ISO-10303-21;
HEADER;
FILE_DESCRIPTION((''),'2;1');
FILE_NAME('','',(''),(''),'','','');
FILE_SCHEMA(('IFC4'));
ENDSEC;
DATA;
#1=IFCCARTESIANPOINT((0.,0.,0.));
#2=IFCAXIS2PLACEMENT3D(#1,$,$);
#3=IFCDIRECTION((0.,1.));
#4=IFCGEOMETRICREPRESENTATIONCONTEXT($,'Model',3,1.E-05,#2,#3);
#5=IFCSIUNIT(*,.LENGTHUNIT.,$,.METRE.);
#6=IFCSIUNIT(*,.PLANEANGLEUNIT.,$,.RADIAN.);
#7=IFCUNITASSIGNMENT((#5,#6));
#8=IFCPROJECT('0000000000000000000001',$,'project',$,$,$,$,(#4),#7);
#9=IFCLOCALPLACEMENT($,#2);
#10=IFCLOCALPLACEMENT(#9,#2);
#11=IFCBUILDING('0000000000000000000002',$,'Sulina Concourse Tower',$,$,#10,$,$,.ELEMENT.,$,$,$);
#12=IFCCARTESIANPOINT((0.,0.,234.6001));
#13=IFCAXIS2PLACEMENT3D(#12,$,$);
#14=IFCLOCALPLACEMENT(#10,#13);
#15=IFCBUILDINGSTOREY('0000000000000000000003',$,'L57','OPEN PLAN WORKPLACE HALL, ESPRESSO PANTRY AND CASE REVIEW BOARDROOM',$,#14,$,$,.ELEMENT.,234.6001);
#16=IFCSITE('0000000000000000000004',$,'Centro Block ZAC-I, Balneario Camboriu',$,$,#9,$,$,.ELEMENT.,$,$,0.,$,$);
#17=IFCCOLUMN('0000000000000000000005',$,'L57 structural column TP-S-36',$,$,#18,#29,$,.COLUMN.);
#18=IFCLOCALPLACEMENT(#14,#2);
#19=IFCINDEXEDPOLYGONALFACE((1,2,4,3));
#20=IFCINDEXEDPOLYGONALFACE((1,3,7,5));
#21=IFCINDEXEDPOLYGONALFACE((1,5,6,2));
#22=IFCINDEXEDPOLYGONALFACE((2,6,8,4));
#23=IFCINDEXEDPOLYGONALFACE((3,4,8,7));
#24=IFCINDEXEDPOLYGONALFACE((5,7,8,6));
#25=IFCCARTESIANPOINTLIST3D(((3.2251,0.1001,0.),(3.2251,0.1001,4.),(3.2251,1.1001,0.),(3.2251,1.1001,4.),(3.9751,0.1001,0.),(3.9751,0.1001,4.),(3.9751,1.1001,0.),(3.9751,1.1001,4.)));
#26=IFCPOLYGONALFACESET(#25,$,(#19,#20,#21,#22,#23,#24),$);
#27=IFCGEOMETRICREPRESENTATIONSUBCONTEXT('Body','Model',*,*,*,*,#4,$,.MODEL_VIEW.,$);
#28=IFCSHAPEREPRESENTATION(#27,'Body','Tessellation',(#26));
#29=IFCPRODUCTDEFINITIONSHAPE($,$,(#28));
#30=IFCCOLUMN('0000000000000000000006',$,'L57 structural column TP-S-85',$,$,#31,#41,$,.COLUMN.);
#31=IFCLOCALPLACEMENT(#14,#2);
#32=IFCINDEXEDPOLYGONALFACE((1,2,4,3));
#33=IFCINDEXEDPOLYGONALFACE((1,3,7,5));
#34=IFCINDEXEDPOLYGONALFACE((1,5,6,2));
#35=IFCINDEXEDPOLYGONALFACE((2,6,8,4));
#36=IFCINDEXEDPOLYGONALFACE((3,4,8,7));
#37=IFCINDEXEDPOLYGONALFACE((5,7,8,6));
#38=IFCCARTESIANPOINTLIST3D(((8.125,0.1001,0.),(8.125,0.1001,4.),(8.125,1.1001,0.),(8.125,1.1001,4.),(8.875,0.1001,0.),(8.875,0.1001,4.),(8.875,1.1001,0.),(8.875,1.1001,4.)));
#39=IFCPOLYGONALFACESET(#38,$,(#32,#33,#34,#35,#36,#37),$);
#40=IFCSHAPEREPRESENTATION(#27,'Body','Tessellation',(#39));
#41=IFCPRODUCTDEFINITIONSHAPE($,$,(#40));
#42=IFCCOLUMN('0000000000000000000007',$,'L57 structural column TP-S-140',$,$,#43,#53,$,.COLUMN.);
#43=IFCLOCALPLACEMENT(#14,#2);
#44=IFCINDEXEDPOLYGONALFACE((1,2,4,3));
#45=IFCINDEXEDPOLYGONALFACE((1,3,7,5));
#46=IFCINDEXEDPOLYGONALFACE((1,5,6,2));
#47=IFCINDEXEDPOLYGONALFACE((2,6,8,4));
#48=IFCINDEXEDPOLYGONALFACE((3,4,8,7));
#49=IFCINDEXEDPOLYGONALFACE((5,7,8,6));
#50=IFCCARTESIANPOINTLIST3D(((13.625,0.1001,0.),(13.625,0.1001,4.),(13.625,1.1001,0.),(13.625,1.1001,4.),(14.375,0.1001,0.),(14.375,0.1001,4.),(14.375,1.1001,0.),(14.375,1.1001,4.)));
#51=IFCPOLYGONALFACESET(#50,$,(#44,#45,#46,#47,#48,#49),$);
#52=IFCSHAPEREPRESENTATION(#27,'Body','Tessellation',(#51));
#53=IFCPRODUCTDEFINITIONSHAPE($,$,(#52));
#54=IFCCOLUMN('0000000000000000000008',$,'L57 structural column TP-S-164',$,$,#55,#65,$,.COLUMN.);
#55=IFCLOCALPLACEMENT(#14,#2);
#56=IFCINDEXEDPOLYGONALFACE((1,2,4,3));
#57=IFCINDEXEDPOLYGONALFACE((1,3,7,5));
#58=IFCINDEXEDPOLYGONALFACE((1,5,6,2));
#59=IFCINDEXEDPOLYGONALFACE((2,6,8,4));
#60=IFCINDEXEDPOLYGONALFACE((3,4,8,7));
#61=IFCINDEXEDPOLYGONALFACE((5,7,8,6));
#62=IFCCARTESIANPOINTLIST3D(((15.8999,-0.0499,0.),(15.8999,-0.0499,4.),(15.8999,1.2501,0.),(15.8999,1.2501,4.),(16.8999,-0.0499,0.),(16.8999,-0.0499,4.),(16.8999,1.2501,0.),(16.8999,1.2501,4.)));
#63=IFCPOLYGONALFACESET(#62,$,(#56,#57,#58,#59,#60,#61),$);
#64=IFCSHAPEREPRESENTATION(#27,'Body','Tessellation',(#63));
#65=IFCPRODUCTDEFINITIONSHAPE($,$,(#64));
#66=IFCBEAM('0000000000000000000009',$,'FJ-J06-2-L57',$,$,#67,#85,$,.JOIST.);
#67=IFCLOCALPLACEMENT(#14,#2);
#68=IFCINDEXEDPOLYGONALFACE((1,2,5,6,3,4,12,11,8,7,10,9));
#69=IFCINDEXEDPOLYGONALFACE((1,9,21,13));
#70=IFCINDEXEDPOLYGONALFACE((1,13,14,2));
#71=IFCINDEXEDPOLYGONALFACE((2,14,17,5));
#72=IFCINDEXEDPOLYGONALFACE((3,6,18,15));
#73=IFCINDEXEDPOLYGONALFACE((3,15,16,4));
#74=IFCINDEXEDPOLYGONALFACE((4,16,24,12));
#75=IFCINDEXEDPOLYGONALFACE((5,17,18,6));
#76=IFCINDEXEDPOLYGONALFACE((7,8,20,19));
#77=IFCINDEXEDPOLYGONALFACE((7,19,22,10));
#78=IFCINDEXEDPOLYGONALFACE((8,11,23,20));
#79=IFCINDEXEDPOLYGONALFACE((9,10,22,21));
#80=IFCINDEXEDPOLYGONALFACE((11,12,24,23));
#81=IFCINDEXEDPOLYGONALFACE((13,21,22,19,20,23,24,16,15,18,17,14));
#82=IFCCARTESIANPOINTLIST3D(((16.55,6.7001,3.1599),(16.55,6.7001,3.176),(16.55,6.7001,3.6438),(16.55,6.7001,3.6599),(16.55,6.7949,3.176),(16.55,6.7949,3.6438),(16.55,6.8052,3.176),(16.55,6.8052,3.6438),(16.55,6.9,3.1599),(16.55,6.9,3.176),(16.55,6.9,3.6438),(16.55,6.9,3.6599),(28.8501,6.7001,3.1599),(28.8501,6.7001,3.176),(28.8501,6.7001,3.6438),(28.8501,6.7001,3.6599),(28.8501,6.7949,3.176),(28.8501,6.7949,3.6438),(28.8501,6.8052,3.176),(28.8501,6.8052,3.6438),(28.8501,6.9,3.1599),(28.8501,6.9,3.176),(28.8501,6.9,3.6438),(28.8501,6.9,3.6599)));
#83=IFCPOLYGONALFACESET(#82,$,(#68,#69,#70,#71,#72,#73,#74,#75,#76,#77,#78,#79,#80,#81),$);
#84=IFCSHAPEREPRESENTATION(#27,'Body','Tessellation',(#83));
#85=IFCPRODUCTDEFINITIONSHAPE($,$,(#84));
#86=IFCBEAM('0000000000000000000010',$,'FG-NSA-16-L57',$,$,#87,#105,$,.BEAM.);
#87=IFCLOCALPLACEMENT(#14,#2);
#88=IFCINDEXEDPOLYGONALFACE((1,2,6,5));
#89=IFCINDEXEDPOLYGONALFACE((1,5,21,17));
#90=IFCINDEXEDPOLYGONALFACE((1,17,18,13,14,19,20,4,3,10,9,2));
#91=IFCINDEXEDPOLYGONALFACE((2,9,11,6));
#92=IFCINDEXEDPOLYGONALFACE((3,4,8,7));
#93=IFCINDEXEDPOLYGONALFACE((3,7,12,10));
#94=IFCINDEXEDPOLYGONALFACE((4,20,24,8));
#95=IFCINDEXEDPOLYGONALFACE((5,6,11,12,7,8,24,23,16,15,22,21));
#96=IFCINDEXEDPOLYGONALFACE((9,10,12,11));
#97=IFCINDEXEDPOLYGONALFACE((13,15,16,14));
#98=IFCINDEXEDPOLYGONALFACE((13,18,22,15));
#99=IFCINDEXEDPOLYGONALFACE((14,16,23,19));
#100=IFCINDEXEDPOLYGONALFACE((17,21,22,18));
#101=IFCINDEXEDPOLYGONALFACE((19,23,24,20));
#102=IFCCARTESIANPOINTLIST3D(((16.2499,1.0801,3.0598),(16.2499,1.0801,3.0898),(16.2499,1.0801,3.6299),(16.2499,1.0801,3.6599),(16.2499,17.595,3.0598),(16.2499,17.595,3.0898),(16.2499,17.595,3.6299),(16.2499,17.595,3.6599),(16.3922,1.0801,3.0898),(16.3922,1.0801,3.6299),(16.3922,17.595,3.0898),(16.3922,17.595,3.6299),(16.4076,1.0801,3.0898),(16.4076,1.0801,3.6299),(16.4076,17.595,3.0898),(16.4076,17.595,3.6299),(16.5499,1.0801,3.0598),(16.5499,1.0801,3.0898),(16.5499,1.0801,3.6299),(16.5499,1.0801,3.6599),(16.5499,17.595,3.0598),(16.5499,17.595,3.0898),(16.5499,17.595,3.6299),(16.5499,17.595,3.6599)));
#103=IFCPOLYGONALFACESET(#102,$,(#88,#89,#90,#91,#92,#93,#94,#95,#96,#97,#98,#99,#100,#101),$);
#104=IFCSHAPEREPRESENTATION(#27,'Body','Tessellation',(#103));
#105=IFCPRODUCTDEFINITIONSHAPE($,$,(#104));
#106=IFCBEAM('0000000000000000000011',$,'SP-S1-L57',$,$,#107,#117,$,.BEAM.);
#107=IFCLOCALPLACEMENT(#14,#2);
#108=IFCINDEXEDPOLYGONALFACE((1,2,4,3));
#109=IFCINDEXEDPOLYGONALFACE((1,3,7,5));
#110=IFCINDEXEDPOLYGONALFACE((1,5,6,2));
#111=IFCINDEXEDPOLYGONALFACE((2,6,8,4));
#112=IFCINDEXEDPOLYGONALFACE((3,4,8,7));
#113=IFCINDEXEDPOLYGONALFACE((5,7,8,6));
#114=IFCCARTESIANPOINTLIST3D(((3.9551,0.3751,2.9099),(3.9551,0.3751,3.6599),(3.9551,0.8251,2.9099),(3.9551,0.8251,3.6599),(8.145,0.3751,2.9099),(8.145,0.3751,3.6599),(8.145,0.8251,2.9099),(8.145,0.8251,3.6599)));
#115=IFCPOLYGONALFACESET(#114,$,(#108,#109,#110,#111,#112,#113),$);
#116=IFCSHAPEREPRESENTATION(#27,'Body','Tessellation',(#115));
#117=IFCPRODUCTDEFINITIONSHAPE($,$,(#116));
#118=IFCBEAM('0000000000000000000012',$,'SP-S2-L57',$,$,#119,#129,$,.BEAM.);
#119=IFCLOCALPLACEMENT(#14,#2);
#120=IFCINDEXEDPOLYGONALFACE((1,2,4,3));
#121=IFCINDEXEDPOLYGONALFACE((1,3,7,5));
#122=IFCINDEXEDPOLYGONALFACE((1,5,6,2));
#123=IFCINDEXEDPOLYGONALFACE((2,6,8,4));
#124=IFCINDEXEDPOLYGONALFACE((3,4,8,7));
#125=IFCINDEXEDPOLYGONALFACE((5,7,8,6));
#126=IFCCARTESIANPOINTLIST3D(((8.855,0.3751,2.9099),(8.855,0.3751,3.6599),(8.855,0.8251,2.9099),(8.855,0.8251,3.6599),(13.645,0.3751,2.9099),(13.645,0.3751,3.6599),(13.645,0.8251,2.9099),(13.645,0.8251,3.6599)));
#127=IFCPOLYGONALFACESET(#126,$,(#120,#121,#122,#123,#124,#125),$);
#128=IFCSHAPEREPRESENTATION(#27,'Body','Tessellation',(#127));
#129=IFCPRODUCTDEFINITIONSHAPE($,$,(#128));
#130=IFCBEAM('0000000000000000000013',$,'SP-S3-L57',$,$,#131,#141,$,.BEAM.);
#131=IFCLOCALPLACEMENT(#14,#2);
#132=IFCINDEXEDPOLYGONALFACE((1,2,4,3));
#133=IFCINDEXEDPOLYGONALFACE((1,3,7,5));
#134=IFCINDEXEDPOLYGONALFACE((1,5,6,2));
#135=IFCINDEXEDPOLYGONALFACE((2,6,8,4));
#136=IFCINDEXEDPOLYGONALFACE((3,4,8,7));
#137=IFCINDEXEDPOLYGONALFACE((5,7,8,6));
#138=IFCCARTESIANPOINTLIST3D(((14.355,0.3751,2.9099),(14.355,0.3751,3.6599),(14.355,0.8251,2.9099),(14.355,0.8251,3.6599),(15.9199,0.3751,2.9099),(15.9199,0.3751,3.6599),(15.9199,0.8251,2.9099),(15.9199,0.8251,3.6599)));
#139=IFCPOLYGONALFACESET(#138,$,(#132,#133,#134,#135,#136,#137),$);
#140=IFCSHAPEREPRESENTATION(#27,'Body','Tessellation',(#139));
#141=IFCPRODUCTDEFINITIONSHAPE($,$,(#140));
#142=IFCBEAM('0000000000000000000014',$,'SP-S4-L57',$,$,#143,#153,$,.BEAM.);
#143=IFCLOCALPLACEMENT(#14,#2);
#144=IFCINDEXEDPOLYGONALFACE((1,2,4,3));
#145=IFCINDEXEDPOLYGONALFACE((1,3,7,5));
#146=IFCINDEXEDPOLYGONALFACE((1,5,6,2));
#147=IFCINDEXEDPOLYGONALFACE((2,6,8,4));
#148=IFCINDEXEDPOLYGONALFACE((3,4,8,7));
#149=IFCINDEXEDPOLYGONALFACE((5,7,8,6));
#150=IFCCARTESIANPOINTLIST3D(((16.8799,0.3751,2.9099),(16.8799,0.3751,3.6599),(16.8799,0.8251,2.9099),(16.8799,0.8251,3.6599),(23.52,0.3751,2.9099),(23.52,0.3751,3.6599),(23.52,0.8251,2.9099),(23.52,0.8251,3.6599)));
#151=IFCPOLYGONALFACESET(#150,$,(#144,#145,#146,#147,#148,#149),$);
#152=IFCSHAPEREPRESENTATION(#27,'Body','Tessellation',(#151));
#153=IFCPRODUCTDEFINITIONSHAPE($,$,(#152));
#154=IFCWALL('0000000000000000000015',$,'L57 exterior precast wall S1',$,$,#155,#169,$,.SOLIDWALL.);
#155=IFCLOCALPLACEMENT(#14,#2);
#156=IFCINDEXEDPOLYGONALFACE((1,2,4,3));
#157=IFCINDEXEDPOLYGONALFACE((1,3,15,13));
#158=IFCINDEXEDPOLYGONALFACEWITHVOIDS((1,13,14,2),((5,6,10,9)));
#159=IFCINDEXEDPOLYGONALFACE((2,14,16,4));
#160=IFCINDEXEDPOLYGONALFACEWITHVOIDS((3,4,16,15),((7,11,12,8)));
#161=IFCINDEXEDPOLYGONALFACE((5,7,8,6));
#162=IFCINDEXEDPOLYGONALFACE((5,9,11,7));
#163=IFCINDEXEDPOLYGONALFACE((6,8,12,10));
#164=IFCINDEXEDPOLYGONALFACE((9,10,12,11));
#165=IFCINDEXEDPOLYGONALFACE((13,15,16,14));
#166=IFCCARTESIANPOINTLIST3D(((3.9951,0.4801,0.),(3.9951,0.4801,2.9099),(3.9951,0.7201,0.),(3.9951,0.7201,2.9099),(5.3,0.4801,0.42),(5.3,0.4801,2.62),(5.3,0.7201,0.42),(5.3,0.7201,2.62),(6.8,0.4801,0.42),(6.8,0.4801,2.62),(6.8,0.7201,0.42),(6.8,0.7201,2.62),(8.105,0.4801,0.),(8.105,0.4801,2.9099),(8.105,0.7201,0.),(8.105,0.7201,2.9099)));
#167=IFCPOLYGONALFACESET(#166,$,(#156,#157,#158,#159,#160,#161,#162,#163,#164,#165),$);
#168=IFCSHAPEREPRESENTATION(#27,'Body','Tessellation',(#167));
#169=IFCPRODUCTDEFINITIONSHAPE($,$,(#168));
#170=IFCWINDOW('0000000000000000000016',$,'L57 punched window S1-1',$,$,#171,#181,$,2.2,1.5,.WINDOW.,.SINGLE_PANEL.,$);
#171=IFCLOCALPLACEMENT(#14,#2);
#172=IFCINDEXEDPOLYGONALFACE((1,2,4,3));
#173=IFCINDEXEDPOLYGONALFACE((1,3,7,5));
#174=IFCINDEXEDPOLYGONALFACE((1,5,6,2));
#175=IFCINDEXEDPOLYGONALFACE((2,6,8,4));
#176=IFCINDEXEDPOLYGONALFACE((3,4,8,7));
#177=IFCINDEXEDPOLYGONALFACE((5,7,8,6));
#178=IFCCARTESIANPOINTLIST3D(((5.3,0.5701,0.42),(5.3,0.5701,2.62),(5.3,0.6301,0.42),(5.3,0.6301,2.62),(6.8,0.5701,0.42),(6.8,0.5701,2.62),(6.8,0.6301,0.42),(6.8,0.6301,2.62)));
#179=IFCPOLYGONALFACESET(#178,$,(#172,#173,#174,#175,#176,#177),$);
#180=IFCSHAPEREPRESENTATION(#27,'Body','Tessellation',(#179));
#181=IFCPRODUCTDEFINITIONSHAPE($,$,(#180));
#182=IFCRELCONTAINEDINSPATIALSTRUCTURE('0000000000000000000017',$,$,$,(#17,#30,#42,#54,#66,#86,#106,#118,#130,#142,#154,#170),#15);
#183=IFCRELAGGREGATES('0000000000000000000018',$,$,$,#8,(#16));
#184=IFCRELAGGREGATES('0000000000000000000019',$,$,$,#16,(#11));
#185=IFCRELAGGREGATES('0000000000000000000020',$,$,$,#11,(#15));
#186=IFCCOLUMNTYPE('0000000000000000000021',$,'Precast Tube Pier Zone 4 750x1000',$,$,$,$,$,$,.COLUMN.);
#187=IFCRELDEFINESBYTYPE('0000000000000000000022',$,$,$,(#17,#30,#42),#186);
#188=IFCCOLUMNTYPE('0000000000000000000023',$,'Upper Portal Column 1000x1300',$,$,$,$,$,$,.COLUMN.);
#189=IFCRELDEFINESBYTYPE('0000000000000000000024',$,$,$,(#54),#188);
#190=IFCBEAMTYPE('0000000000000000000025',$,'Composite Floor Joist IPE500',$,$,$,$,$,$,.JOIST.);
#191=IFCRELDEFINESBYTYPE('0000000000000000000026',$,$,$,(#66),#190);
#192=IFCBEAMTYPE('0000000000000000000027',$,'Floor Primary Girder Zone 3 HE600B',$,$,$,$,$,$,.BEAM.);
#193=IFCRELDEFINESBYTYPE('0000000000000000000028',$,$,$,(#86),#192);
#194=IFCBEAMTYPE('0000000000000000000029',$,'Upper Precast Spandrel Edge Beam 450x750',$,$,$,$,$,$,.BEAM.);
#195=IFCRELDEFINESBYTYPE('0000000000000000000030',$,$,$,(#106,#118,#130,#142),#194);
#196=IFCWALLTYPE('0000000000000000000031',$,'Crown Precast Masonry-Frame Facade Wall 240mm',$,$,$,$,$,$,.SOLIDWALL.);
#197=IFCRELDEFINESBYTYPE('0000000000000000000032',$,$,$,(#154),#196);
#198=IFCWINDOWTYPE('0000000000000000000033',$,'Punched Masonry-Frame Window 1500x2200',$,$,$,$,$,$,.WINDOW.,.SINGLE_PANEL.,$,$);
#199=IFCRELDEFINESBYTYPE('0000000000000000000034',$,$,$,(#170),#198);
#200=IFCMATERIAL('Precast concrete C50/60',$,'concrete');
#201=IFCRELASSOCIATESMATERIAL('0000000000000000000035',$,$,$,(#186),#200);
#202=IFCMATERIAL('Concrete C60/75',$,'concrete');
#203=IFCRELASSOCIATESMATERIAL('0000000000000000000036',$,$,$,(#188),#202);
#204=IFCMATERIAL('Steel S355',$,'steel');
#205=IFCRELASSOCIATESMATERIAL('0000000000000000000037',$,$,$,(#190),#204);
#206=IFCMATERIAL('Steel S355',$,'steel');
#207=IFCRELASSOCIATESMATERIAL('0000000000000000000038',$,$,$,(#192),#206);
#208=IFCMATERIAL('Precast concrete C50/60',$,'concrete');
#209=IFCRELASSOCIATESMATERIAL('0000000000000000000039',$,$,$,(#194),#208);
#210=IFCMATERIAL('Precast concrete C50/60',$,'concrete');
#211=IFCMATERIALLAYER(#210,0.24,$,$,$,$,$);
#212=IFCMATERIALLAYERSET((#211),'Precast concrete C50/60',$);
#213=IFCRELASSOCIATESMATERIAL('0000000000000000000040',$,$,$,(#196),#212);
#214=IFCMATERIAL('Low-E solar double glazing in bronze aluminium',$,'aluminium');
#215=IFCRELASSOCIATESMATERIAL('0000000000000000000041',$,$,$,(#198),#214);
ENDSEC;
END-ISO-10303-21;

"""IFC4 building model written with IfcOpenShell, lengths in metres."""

from ifc_helpers import new_model, si_unit, direction, frame, frame_2d, origin, origin_2d, place, context, subcontext, project, spatial, rectangle, i_section, extrude, material, layer, layer_set, material_profile, profile_set, type_object, element, fill, save


model = new_model("IFC4")

# Units and contexts
model_context = context("Model", 3, precision=1e-05, world=origin(), true_north=direction((0.0, 1.0)))
body_context = subcontext(model_context, "Body", "Model", "MODEL_VIEW")
ifc_project = project(units=[si_unit("LENGTHUNIT", "METRE"), si_unit("PLANEANGLEUNIT", "RADIAN")], contexts=[model_context])

# Site, building, storey
site_placement = place(None, origin())
site = spatial("IfcSite", under=ifc_project, at=site_placement, Name="Centro Block ZAC-I, Balneario Camboriu", CompositionType="ELEMENT", RefElevation=0.0)
building_placement = place(site_placement, origin())
building = spatial("IfcBuilding", under=site, at=building_placement, Name="Sulina Concourse Tower", CompositionType="ELEMENT")
storey_placement = place(building_placement, frame((0.0, 0.0, 234.6001)))
storey = spatial("IfcBuildingStorey", under=building, at=storey_placement, Name="L57", Description="OPEN PLAN WORKPLACE HALL, ESPRESSO PANTRY AND CASE REVIEW BOARDROOM", CompositionType="ELEMENT", Elevation=234.6001)

# Columns
ifc_material_1 = material(Name="Precast concrete C50/60", Category="concrete")
ifc_material_profile_1 = material_profile(ifc_material_1, rectangle(XDim=0.75, YDim=1.0, at=origin_2d()), Name="PC 750x1000")
ifc_profile_set_1 = profile_set([ifc_material_profile_1], Name="Precast concrete C50/60")
column_type_1 = type_object("IfcColumnType", Name="Precast Tube Pier Zone 4 750x1000", PredefinedType="COLUMN", material=ifc_profile_set_1)
for number, where, z_axis, x_axis, name in (
    (1, (3.6001, 0.6001, 0.0), (0.0, 0.0, 1.0), (1.0, 0.0, 0.0), "L57 structural column TP-S-36"),
    (2, (8.5, 0.6001, 0.0), (0.0, 0.0, 1.0), (1.0, 0.0, 0.0), "L57 structural column TP-S-85"),
    (3, (14.0, 0.6001, 0.0), (0.0, 0.0, 1.0), (1.0, 0.0, 0.0), "L57 structural column TP-S-140"),
):
    element("IfcColumn", number, at=place(storey_placement, frame(where, z_axis=z_axis, x_axis=x_axis)), inside=storey, type_object=column_type_1, Name=name, PredefinedType="COLUMN", context=body_context, shape_type="SweptSolid", body=[
        extrude(rectangle(XDim=0.75, YDim=1.0, at=origin_2d()), origin(), (0.0, 0.0, 1.0), 4.0),
    ])
ifc_material_2 = material(Name="Concrete C60/75", Category="concrete")
ifc_material_profile_2 = material_profile(ifc_material_2, rectangle(XDim=1.0, YDim=1.3, at=origin_2d()), Name="RC 1000x1300")
ifc_profile_set_2 = profile_set([ifc_material_profile_2], Name="Concrete C60/75")
column_type_2 = type_object("IfcColumnType", Name="Upper Portal Column 1000x1300", PredefinedType="COLUMN", material=ifc_profile_set_2)
column_placement = place(storey_placement, frame((16.3999, 0.6001, 0.0), z_axis=(0.0, 0.0, 1.0), x_axis=(1.0, 0.0, 0.0)))
element("IfcColumn", 4, at=column_placement, inside=storey, type_object=column_type_2, Name="L57 structural column TP-S-164", PredefinedType="COLUMN", context=body_context, shape_type="SweptSolid", body=[
    extrude(rectangle(XDim=1.0, YDim=1.3, at=origin_2d()), origin(), (0.0, 0.0, 1.0), 4.0),
])

# Beams
ifc_material_3 = material(Name="Steel S355", Category="steel")
ifc_material_profile_3 = material_profile(ifc_material_3, i_section(OverallWidth=0.2, OverallDepth=0.5, WebThickness=0.0103, FlangeThickness=0.0161, at=origin_2d()), Name="IPE 500")
ifc_profile_set_3 = profile_set([ifc_material_profile_3], Name="Steel S355")
beam_type_1 = type_object("IfcBeamType", Name="Composite Floor Joist IPE500", PredefinedType="JOIST", material=ifc_profile_set_3)
beam_1_placement = place(storey_placement, frame((16.55, 6.8, 3.4099), z_axis=(1.0, 0.0, 0.0), x_axis=(0.0, 1.0, 0.0)))
element("IfcBeam", 5, at=beam_1_placement, inside=storey, type_object=beam_type_1, Name="FJ-J06-2-L57", PredefinedType="JOIST", context=body_context, shape_type="SweptSolid", body=[
    extrude(i_section(OverallWidth=0.2, OverallDepth=0.5, WebThickness=0.0103, FlangeThickness=0.0161, at=origin_2d()), origin(), (0.0, 0.0, 1.0), 12.3),
])
ifc_material_4 = material(Name="Steel S355", Category="steel")
ifc_material_profile_4 = material_profile(ifc_material_4, i_section(OverallWidth=0.3, OverallDepth=0.6001, WebThickness=0.0154, FlangeThickness=0.03, at=origin_2d()), Name="HE 600 B")
ifc_profile_set_4 = profile_set([ifc_material_profile_4], Name="Steel S355")
beam_type_2 = type_object("IfcBeamType", Name="Floor Primary Girder Zone 3 HE600B", PredefinedType="BEAM", material=ifc_profile_set_4)
beam_2_placement = place(storey_placement, frame((16.3999, 1.0801, 3.3599), z_axis=(0.0, 1.0, 0.0), x_axis=(-1.0, 0.0, 0.0)))
element("IfcBeam", 6, at=beam_2_placement, inside=storey, type_object=beam_type_2, Name="FG-NSA-16-L57", PredefinedType="BEAM", context=body_context, shape_type="SweptSolid", body=[
    extrude(i_section(OverallWidth=0.3, OverallDepth=0.6001, WebThickness=0.0154, FlangeThickness=0.03, at=origin_2d()), origin(), (0.0, 0.0, 1.0), 16.5149),
])
ifc_material_5 = material(Name="Precast concrete C50/60", Category="concrete")
ifc_material_profile_5 = material_profile(ifc_material_5, rectangle(XDim=0.45, YDim=0.75, at=origin_2d()), Name="RC 450x750")
ifc_profile_set_5 = profile_set([ifc_material_profile_5], Name="Precast concrete C50/60")
beam_type_3 = type_object("IfcBeamType", Name="Upper Precast Spandrel Edge Beam 450x750", PredefinedType="BEAM", material=ifc_profile_set_5)
beam_3_placement = place(storey_placement, frame((3.9551, 0.6001, 3.2849), z_axis=(1.0, 0.0, 0.0), x_axis=(0.0, 1.0, 0.0)))
element("IfcBeam", 7, at=beam_3_placement, inside=storey, type_object=beam_type_3, Name="SP-S1-L57", PredefinedType="BEAM", context=body_context, shape_type="SweptSolid", body=[
    extrude(rectangle(XDim=0.45, YDim=0.75, at=origin_2d()), origin(), (0.0, 0.0, 1.0), 4.1899),
])
beam_4_placement = place(storey_placement, frame((8.855, 0.6001, 3.2849), z_axis=(1.0, 0.0, 0.0), x_axis=(0.0, 1.0, 0.0)))
element("IfcBeam", 8, at=beam_4_placement, inside=storey, type_object=beam_type_3, Name="SP-S2-L57", PredefinedType="BEAM", context=body_context, shape_type="SweptSolid", body=[
    extrude(rectangle(XDim=0.45, YDim=0.75, at=origin_2d()), origin(), (0.0, 0.0, 1.0), 4.79),
])
beam_5_placement = place(storey_placement, frame((14.355, 0.6001, 3.2849), z_axis=(1.0, 0.0, 0.0), x_axis=(0.0, 1.0, 0.0)))
element("IfcBeam", 9, at=beam_5_placement, inside=storey, type_object=beam_type_3, Name="SP-S3-L57", PredefinedType="BEAM", context=body_context, shape_type="SweptSolid", body=[
    extrude(rectangle(XDim=0.45, YDim=0.75, at=origin_2d()), origin(), (0.0, 0.0, 1.0), 1.5649),
])
beam_6_placement = place(storey_placement, frame((16.8799, 0.6001, 3.2849), z_axis=(1.0, 0.0, 0.0), x_axis=(0.0, 1.0, 0.0)))
element("IfcBeam", 10, at=beam_6_placement, inside=storey, type_object=beam_type_3, Name="SP-S4-L57", PredefinedType="BEAM", context=body_context, shape_type="SweptSolid", body=[
    extrude(rectangle(XDim=0.45, YDim=0.75, at=origin_2d()), origin(), (0.0, 0.0, 1.0), 6.6401),
])

# Wall, opening, window
ifc_material_6 = material(Name="Precast concrete C50/60", Category="concrete")
ifc_layer_1 = layer(ifc_material_6, 0.24)
ifc_layer_set_1 = layer_set([ifc_layer_1], Name="Precast concrete C50/60")
wall_type_1 = type_object("IfcWallType", Name="Crown Precast Masonry-Frame Facade Wall 240mm", PredefinedType="SOLIDWALL", material=ifc_layer_set_1)
wall_1_placement = place(storey_placement, frame((8.105, 0.6001, 0.0), z_axis=(0.0, 0.0, 1.0), x_axis=(-1.0, 0.0, 0.0)))
wall_1 = element("IfcWall", 11, at=wall_1_placement, inside=storey, type_object=wall_type_1, Name="L57 exterior precast wall S1", PredefinedType="SOLIDWALL", context=body_context, shape_type="SweptSolid", body=[
    extrude(rectangle(XDim=4.1099, YDim=0.24, at=frame_2d((2.0549, 0.0))), origin(), (0.0, 0.0, 1.0), 2.9099),
])
opening_1_placement = place(wall_1_placement, frame((1.3049, 0.0, 0.4199)))
opening_1 = element("IfcOpeningElement", 12, at=opening_1_placement, cuts=wall_1, PredefinedType="OPENING", context=body_context, shape_type="SweptSolid", body=[
    extrude(rectangle(XDim=1.5, YDim=2.2, at=frame_2d((0.75, 1.1001))), frame((0.0, 0.1299, 0.0), z_axis=(0.0, -1.0, 0.0), x_axis=(1.0, 0.0, 0.0)), (0.0, 0.0, 1.0), 0.26),
])
ifc_material_7 = material(Name="Low-E solar double glazing in bronze aluminium", Category="aluminium")
window_type = type_object("IfcWindowType", Name="Punched Masonry-Frame Window 1500x2200", PartitioningType="SINGLE_PANEL", PredefinedType="WINDOW", material=ifc_material_7)
window_1_placement = place(opening_1_placement, origin())
window_1 = element("IfcWindow", 13, at=window_1_placement, inside=storey, type_object=window_type, Name="L57 punched window S1-1", OverallHeight=2.2, OverallWidth=1.5, PartitioningType="SINGLE_PANEL", PredefinedType="WINDOW", context=body_context, shape_type="SweptSolid", body=[
    extrude(rectangle(XDim=1.5, YDim=2.2, at=frame_2d((0.75, 1.1001))), frame((0.0, 0.03, 0.0), z_axis=(0.0, -1.0, 0.0), x_axis=(1.0, 0.0, 0.0)), (0.0, 0.0, 1.0), 0.0601),
])
fill(opening_1, window_1)

save(model, "model.ifc")
